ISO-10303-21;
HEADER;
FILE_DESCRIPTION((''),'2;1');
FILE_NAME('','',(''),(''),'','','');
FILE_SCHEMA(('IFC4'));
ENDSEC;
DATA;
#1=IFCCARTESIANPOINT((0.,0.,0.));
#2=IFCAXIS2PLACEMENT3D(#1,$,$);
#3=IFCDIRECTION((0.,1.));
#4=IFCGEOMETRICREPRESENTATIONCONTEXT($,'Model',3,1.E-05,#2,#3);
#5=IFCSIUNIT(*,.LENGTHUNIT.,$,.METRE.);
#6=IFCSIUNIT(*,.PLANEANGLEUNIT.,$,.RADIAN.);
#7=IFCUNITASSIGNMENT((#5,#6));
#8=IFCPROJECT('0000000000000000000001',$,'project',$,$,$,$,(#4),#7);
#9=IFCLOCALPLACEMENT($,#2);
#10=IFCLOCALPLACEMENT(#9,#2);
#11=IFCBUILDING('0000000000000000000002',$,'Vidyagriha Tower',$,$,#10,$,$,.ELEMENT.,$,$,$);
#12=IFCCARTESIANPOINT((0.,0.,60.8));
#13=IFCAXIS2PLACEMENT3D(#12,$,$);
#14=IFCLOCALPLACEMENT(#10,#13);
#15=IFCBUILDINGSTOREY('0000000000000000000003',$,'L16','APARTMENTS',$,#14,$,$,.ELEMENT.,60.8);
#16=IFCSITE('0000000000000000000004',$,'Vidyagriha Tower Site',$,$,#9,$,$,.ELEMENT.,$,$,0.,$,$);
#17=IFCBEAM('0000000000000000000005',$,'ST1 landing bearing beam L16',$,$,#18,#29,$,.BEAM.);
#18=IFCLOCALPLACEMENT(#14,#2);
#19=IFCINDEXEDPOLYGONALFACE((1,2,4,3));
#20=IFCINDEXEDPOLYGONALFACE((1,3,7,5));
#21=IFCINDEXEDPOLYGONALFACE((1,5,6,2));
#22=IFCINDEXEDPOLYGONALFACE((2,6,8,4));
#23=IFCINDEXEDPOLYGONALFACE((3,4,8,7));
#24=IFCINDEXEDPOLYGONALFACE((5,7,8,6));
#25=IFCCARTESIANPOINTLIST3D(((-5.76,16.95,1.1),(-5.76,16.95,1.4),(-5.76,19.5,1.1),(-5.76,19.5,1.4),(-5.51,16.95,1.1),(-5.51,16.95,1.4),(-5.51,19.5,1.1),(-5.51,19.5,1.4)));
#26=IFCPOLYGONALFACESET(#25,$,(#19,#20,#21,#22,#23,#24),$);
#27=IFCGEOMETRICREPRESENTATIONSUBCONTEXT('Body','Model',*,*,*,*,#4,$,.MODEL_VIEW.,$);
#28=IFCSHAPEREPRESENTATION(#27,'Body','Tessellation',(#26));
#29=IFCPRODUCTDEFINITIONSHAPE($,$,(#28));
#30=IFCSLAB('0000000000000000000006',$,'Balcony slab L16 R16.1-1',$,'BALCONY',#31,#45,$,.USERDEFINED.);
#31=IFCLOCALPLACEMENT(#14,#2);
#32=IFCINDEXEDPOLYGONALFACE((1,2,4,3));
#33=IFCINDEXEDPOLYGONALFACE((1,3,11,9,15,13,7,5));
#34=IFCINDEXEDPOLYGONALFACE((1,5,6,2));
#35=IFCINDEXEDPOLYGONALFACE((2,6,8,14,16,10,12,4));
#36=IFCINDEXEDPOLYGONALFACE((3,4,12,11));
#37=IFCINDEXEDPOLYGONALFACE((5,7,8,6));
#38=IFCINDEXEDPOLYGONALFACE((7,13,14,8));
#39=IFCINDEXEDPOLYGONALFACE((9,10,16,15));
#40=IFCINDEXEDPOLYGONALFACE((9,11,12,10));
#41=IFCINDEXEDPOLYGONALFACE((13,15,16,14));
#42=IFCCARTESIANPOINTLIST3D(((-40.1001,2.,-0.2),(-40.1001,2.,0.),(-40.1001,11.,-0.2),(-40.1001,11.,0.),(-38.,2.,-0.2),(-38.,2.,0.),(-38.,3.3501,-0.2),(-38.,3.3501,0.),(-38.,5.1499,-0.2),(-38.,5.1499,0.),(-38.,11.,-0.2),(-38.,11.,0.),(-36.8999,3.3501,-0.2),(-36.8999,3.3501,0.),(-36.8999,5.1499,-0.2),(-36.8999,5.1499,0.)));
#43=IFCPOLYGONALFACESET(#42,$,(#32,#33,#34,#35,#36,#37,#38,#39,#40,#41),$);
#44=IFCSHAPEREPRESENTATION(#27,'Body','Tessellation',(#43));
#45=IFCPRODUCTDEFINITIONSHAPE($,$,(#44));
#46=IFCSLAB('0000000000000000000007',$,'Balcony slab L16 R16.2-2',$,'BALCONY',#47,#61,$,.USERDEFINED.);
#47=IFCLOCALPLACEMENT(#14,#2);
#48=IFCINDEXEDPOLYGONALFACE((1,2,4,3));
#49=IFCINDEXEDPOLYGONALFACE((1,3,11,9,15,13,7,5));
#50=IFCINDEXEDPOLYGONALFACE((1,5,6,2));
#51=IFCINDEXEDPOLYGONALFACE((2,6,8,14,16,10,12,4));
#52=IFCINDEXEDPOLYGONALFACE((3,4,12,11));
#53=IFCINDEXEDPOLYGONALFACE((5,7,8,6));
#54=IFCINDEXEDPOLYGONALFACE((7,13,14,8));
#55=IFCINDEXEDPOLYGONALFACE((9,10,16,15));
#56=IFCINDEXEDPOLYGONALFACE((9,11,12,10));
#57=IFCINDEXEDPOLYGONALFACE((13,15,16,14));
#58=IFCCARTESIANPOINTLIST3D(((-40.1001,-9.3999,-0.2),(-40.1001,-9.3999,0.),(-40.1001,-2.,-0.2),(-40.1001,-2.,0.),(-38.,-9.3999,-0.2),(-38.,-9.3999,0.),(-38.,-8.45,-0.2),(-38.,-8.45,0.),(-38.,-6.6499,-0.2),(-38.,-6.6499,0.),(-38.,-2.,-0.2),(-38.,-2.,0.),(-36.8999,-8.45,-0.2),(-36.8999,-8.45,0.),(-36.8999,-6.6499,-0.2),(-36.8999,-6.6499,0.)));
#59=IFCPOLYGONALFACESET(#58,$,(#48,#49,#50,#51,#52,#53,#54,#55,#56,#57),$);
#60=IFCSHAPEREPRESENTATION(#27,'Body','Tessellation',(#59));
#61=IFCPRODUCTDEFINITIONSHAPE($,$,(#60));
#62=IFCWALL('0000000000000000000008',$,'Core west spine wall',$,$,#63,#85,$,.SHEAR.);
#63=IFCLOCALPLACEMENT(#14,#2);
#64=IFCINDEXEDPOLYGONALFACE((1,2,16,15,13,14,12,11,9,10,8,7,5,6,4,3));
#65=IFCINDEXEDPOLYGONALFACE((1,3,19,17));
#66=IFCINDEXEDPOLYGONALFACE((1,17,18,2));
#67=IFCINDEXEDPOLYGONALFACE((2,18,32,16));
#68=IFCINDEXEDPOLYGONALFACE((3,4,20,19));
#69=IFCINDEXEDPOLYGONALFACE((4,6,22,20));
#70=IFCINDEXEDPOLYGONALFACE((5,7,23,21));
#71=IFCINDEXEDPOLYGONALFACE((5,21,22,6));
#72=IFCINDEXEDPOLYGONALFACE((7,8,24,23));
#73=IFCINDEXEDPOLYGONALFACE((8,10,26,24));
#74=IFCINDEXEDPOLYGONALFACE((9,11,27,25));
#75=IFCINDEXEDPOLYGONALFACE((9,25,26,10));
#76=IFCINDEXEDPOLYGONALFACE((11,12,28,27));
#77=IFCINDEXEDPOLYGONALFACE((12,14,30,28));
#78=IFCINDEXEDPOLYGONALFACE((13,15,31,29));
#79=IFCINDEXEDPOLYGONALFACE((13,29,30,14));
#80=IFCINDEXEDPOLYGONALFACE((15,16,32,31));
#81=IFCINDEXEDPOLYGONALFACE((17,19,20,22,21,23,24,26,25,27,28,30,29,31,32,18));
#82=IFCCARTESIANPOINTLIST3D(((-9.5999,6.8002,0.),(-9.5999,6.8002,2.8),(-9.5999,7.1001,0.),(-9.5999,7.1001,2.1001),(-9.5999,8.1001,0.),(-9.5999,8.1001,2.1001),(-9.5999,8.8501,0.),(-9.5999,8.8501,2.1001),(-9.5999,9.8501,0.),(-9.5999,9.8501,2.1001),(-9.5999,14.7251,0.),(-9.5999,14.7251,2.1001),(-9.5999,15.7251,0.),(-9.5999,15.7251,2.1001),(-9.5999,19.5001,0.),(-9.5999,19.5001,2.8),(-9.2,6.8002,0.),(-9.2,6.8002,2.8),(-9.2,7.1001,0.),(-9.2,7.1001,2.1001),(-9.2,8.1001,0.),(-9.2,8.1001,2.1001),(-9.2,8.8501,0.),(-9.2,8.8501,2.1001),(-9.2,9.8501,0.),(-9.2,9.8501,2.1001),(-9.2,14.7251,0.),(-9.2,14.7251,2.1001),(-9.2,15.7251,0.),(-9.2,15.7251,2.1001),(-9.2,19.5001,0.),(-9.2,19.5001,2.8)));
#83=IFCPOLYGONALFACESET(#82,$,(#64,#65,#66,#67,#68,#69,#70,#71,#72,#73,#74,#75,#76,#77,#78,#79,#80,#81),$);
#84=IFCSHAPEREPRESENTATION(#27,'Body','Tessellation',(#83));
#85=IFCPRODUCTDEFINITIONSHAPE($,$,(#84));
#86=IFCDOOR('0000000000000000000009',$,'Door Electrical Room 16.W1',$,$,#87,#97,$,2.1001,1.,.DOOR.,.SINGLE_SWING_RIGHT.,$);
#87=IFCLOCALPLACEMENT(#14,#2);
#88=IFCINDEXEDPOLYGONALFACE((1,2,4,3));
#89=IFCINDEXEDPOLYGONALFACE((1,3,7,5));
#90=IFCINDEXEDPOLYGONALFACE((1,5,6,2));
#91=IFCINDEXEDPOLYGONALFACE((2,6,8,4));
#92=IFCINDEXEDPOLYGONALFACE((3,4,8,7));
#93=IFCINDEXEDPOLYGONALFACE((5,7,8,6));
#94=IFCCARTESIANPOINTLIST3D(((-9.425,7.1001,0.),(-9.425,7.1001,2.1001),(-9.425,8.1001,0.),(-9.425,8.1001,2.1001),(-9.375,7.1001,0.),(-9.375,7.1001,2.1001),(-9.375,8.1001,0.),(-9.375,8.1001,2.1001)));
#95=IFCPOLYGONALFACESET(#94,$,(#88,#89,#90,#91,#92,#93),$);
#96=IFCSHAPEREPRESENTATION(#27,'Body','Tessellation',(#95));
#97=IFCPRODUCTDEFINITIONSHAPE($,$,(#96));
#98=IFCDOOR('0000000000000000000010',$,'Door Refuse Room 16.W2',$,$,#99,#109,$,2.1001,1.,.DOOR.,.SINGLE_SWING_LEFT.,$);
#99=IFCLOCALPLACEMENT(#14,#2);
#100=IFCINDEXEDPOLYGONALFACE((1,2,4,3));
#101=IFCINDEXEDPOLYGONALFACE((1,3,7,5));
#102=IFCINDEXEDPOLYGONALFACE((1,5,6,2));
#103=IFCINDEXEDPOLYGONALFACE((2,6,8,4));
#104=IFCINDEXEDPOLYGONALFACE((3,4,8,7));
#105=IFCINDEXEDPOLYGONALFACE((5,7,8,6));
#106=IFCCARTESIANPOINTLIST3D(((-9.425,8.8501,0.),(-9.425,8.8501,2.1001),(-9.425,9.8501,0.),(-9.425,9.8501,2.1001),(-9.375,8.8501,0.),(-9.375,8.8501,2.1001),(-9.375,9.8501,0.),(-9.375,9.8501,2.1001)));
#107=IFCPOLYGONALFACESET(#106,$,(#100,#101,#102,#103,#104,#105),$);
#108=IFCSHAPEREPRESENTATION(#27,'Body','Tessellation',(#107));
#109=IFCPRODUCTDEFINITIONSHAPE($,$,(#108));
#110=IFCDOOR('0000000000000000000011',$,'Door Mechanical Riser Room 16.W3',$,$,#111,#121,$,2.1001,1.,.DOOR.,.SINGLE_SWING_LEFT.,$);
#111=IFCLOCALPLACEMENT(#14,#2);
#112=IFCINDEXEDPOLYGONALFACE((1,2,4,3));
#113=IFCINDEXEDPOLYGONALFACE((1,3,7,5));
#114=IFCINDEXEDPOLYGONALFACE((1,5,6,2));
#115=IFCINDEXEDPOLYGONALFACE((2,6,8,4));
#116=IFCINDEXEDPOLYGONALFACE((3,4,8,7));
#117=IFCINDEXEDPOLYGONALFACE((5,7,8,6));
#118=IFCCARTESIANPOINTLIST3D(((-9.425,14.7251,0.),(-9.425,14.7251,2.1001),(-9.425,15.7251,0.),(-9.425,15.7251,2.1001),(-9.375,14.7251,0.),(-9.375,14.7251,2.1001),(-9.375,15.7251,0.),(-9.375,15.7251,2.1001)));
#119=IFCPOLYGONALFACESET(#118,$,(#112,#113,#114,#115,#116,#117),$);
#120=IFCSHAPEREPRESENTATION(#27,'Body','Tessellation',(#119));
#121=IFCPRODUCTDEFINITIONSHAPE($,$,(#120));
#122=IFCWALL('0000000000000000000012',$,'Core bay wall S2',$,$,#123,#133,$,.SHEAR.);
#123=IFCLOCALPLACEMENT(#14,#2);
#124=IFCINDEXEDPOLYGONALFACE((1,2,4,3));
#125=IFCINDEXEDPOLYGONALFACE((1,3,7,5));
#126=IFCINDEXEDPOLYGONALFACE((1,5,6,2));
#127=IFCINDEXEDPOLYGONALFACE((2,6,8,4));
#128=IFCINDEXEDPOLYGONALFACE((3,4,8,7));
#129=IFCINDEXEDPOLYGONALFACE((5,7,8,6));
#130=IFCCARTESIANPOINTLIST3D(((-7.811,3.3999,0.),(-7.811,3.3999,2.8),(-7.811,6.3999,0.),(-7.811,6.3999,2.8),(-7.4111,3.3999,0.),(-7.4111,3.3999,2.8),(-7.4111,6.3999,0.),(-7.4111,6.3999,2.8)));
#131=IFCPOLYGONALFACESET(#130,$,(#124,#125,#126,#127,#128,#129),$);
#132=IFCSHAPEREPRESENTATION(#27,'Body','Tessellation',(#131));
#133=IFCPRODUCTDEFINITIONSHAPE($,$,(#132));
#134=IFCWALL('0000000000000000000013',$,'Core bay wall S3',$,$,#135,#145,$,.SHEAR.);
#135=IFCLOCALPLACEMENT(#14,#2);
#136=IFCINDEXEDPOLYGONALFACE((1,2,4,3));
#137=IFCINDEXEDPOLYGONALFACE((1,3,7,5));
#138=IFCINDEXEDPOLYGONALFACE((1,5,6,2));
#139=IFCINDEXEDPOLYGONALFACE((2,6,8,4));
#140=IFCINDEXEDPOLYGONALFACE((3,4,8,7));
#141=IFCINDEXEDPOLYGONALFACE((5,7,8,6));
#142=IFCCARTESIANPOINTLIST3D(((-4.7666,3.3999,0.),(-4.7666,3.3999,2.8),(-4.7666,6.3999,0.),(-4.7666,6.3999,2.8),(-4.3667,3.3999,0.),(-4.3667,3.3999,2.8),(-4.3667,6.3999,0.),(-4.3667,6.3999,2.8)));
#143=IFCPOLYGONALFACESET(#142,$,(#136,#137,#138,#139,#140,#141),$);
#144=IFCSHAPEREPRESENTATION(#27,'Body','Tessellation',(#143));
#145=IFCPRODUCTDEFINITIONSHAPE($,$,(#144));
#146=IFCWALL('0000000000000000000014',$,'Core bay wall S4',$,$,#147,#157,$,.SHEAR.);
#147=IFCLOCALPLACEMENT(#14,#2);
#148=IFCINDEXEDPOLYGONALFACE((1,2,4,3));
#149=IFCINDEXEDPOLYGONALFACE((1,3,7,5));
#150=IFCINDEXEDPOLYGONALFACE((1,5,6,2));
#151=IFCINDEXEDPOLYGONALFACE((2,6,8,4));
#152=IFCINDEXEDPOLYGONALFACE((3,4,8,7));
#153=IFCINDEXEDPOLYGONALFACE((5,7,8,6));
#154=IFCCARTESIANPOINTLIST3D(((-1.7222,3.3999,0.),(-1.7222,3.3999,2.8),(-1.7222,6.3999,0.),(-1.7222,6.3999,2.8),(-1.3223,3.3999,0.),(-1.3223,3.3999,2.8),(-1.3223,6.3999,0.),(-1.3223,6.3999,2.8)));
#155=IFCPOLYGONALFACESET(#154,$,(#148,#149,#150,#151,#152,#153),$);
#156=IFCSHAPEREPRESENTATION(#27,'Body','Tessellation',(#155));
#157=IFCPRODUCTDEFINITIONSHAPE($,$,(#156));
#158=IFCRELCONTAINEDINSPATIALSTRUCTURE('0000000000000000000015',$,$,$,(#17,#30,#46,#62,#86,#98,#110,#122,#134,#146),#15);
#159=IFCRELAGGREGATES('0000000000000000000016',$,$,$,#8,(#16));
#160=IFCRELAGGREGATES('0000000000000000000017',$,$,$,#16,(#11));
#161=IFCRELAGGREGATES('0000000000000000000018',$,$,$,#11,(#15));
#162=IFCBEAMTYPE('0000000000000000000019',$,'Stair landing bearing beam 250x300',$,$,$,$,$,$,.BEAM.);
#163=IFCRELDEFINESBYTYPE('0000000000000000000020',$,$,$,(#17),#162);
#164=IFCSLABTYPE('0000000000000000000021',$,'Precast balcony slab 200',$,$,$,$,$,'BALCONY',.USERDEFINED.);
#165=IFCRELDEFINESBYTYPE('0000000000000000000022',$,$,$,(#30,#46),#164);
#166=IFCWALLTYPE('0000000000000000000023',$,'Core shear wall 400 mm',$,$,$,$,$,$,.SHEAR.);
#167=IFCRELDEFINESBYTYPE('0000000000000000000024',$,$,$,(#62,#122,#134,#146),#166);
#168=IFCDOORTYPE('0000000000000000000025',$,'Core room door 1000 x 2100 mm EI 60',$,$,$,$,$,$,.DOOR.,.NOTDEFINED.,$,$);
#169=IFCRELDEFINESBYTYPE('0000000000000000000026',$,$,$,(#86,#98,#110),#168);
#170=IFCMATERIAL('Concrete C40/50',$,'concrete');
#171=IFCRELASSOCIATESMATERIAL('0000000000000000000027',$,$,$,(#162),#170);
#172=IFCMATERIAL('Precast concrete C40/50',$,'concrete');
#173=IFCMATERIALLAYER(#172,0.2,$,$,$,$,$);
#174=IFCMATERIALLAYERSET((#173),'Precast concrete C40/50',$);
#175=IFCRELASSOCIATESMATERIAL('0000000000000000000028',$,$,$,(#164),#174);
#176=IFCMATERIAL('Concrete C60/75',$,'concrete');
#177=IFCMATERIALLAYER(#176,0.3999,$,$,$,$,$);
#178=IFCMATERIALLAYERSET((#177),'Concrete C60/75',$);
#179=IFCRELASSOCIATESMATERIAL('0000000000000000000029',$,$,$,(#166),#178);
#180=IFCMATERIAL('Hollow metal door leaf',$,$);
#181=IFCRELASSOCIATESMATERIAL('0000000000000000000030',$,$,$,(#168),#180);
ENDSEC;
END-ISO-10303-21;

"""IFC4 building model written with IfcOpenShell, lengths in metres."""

from ifc_helpers import new_model, si_unit, direction, frame, frame_2d, origin, origin_2d, place, context, subcontext, project, spatial, polyline, rectangle, outline, extrude, material, layer, layer_set, material_profile, profile_set, type_object, element, fill, save


model = new_model("IFC4")

# Units and contexts
model_context = context("Model", 3, precision=1e-05, world=origin(), true_north=direction((0.0, 1.0)))
body_context = subcontext(model_context, "Body", "Model", "MODEL_VIEW")
ifc_project = project(units=[si_unit("LENGTHUNIT", "METRE"), si_unit("PLANEANGLEUNIT", "RADIAN")], contexts=[model_context])

# Site, building, storey
site_placement = place(None, origin())
site = spatial("IfcSite", under=ifc_project, at=site_placement, Name="Vidyagriha Tower Site", CompositionType="ELEMENT", RefElevation=0.0)
building_placement = place(site_placement, origin())
building = spatial("IfcBuilding", under=site, at=building_placement, Name="Vidyagriha Tower", CompositionType="ELEMENT")
storey_placement = place(building_placement, frame((0.0, 0.0, 60.8)))
storey = spatial("IfcBuildingStorey", under=building, at=storey_placement, Name="L16", Description="APARTMENTS", CompositionType="ELEMENT", Elevation=60.8)

# Beam
ifc_material_1 = material(Name="Concrete C40/50", Category="concrete")
ifc_material_profile = material_profile(ifc_material_1, rectangle(XDim=0.25, YDim=0.3, at=origin_2d()), Name="Stair landing bearing beam 250x300")
ifc_profile_set = profile_set([ifc_material_profile], Name="Concrete C40/50")
beam_type = type_object("IfcBeamType", Name="Stair landing bearing beam 250x300", PredefinedType="BEAM", material=ifc_profile_set)
beam_placement = place(storey_placement, frame((-5.635, 16.95, 1.25), z_axis=(0.0, 1.0, 0.0), x_axis=(-1.0, 0.0, 0.0)))
element("IfcBeam", 1, at=beam_placement, inside=storey, type_object=beam_type, Name="ST1 landing bearing beam L16", PredefinedType="BEAM", context=body_context, shape_type="SweptSolid", body=[
    extrude(rectangle(XDim=0.25, YDim=0.3, at=origin_2d()), origin(), (0.0, 0.0, 1.0), 2.55),
])

# Slabs
ifc_material_2 = material(Name="Precast concrete C40/50", Category="concrete")
ifc_layer_1 = layer(ifc_material_2, 0.2)
ifc_layer_set_1 = layer_set([ifc_layer_1], Name="Precast concrete C40/50")
slab_type = type_object("IfcSlabType", Name="Precast balcony slab 200", ElementType="BALCONY", PredefinedType="USERDEFINED", material=ifc_layer_set_1)
slab_1_placement = place(storey_placement, frame((0.0, 0.0, -0.2)))
element("IfcSlab", 2, at=slab_1_placement, inside=storey, type_object=slab_type, Name="Balcony slab L16 R16.1-1", ObjectType="BALCONY", PredefinedType="USERDEFINED", context=body_context, shape_type="SweptSolid", body=[
    extrude(outline(polyline([(-36.8999, 3.3501), (-36.8999, 5.1499), (-38.0, 5.1499), (-38.0, 11.0), (-40.1001, 11.0), (-40.1001, 2.0), (-38.0, 2.0), (-38.0, 3.3501), (-36.8999, 3.3501)])), origin(), (0.0, 0.0, 1.0), 0.2),
])
slab_2_placement = place(storey_placement, frame((0.0, 0.0, -0.2)))
element("IfcSlab", 3, at=slab_2_placement, inside=storey, type_object=slab_type, Name="Balcony slab L16 R16.2-2", ObjectType="BALCONY", PredefinedType="USERDEFINED", context=body_context, shape_type="SweptSolid", body=[
    extrude(outline(polyline([(-36.8999, -8.45), (-36.8999, -6.6499), (-38.0, -6.6499), (-38.0, -2.0), (-40.1001, -2.0), (-40.1001, -9.3999), (-38.0, -9.3999), (-38.0, -8.45), (-36.8999, -8.45)])), origin(), (0.0, 0.0, 1.0), 0.2),
])

# Wall, openings, doors
ifc_material_3 = material(Name="Concrete C60/75", Category="concrete")
ifc_layer_2 = layer(ifc_material_3, 0.3999)
ifc_layer_set_2 = layer_set([ifc_layer_2], Name="Concrete C60/75")
wall_type_1 = type_object("IfcWallType", Name="Core shear wall 400 mm", PredefinedType="SHEAR", material=ifc_layer_set_2)
wall_1_placement = place(storey_placement, frame((-9.3999, 6.8, 0.0), z_axis=(0.0, 0.0, 1.0), x_axis=(0.0, 1.0, 0.0)))
wall_1 = element("IfcWall", 4, at=wall_1_placement, inside=storey, type_object=wall_type_1, Name="Core west spine wall", PredefinedType="SHEAR", context=body_context, shape_type="SweptSolid", body=[
    extrude(rectangle(XDim=12.7, YDim=0.3999, at=frame_2d((6.3501, 0.0))), origin(), (0.0, 0.0, 1.0), 2.8),
])
opening_1_placement = place(wall_1_placement, frame((0.3, 0.0, 0.0)))
opening_1 = element("IfcOpeningElement", 5, at=opening_1_placement, cuts=wall_1, PredefinedType="OPENING", context=body_context, shape_type="SweptSolid", body=[
    extrude(rectangle(XDim=1.0, YDim=2.1001, at=frame_2d((0.5, 1.05))), frame((0.0, 0.21, 0.0), z_axis=(0.0, -1.0, 0.0), x_axis=(1.0, 0.0, 0.0)), (0.0, 0.0, 1.0), 0.4199),
])
opening_2_placement = place(wall_1_placement, frame((2.05, 0.0, 0.0)))
opening_2 = element("IfcOpeningElement", 6, at=opening_2_placement, cuts=wall_1, PredefinedType="OPENING", context=body_context, shape_type="SweptSolid", body=[
    extrude(rectangle(XDim=1.0, YDim=2.1001, at=frame_2d((0.5, 1.05))), frame((0.0, 0.21, 0.0), z_axis=(0.0, -1.0, 0.0), x_axis=(1.0, 0.0, 0.0)), (0.0, 0.0, 1.0), 0.4199),
])
opening_3_placement = place(wall_1_placement, frame((7.925, 0.0, 0.0)))
opening_3 = element("IfcOpeningElement", 7, at=opening_3_placement, cuts=wall_1, PredefinedType="OPENING", context=body_context, shape_type="SweptSolid", body=[
    extrude(rectangle(XDim=1.0, YDim=2.1001, at=frame_2d((0.5, 1.05))), frame((0.0, 0.21, 0.0), z_axis=(0.0, -1.0, 0.0), x_axis=(1.0, 0.0, 0.0)), (0.0, 0.0, 1.0), 0.4199),
])
ifc_material_4 = material(Name="Hollow metal door leaf")
door_type_1 = type_object("IfcDoorType", Name="Core room door 1000 x 2100 mm EI 60", OperationType="NOTDEFINED", PredefinedType="DOOR", material=ifc_material_4)
door_1_placement = place(opening_1_placement, frame((1.0, 0.0, 0.0), z_axis=(0.0, 0.0, 1.0), x_axis=(-1.0, 0.0, 0.0)))
door_1 = element("IfcDoor", 8, at=door_1_placement, inside=storey, type_object=door_type_1, Name="Door Electrical Room 16.W1", OperationType="SINGLE_SWING_RIGHT", OverallHeight=2.1001, OverallWidth=1.0, PredefinedType="DOOR", context=body_context, shape_type="SweptSolid", body=[
    extrude(rectangle(XDim=1.0, YDim=2.1001, at=frame_2d((0.5, 1.05))), frame((0.0, 0.0249, 0.0), z_axis=(0.0, -1.0, 0.0), x_axis=(1.0, 0.0, 0.0)), (0.0, 0.0, 1.0), 0.05),
])
fill(opening_1, door_1)
door_2_placement = place(opening_2_placement, frame((1.0, 0.0, 0.0), z_axis=(0.0, 0.0, 1.0), x_axis=(-1.0, 0.0, 0.0)))
door_2 = element("IfcDoor", 9, at=door_2_placement, inside=storey, type_object=door_type_1, Name="Door Refuse Room 16.W2", OperationType="SINGLE_SWING_LEFT", OverallHeight=2.1001, OverallWidth=1.0, PredefinedType="DOOR", context=body_context, shape_type="SweptSolid", body=[
    extrude(rectangle(XDim=1.0, YDim=2.1001, at=frame_2d((0.5, 1.05))), frame((0.0, 0.0249, 0.0), z_axis=(0.0, -1.0, 0.0), x_axis=(1.0, 0.0, 0.0)), (0.0, 0.0, 1.0), 0.05),
])
fill(opening_2, door_2)
door_3_placement = place(opening_3_placement, frame((1.0, 0.0, 0.0), z_axis=(0.0, 0.0, 1.0), x_axis=(-1.0, 0.0, 0.0)))
door_3 = element("IfcDoor", 10, at=door_3_placement, inside=storey, type_object=door_type_1, Name="Door Mechanical Riser Room 16.W3", OperationType="SINGLE_SWING_LEFT", OverallHeight=2.1001, OverallWidth=1.0, PredefinedType="DOOR", context=body_context, shape_type="SweptSolid", body=[
    extrude(rectangle(XDim=1.0, YDim=2.1001, at=frame_2d((0.5, 1.05))), frame((0.0, 0.0249, 0.0), z_axis=(0.0, -1.0, 0.0), x_axis=(1.0, 0.0, 0.0)), (0.0, 0.0, 1.0), 0.05),
])
fill(opening_3, door_3)

# Walls
for number, where, z_axis, x_axis, name in (
    (11, (-7.6111, 3.3999, 0.0), (0.0, 0.0, 1.0), (0.0, 1.0, 0.0), "Core bay wall S2"),
    (12, (-4.5667, 3.3999, 0.0), (0.0, 0.0, 1.0), (0.0, 1.0, 0.0), "Core bay wall S3"),
    (13, (-1.5222, 3.3999, 0.0), (0.0, 0.0, 1.0), (0.0, 1.0, 0.0), "Core bay wall S4"),
):
    element("IfcWall", number, at=place(storey_placement, frame(where, z_axis=z_axis, x_axis=x_axis)), inside=storey, type_object=wall_type_1, Name=name, PredefinedType="SHEAR", context=body_context, shape_type="SweptSolid", body=[
        extrude(rectangle(XDim=3.0, YDim=0.3999, at=frame_2d((1.5, 0.0))), origin(), (0.0, 0.0, 1.0), 2.8),
    ])

save(model, "model.ifc")
